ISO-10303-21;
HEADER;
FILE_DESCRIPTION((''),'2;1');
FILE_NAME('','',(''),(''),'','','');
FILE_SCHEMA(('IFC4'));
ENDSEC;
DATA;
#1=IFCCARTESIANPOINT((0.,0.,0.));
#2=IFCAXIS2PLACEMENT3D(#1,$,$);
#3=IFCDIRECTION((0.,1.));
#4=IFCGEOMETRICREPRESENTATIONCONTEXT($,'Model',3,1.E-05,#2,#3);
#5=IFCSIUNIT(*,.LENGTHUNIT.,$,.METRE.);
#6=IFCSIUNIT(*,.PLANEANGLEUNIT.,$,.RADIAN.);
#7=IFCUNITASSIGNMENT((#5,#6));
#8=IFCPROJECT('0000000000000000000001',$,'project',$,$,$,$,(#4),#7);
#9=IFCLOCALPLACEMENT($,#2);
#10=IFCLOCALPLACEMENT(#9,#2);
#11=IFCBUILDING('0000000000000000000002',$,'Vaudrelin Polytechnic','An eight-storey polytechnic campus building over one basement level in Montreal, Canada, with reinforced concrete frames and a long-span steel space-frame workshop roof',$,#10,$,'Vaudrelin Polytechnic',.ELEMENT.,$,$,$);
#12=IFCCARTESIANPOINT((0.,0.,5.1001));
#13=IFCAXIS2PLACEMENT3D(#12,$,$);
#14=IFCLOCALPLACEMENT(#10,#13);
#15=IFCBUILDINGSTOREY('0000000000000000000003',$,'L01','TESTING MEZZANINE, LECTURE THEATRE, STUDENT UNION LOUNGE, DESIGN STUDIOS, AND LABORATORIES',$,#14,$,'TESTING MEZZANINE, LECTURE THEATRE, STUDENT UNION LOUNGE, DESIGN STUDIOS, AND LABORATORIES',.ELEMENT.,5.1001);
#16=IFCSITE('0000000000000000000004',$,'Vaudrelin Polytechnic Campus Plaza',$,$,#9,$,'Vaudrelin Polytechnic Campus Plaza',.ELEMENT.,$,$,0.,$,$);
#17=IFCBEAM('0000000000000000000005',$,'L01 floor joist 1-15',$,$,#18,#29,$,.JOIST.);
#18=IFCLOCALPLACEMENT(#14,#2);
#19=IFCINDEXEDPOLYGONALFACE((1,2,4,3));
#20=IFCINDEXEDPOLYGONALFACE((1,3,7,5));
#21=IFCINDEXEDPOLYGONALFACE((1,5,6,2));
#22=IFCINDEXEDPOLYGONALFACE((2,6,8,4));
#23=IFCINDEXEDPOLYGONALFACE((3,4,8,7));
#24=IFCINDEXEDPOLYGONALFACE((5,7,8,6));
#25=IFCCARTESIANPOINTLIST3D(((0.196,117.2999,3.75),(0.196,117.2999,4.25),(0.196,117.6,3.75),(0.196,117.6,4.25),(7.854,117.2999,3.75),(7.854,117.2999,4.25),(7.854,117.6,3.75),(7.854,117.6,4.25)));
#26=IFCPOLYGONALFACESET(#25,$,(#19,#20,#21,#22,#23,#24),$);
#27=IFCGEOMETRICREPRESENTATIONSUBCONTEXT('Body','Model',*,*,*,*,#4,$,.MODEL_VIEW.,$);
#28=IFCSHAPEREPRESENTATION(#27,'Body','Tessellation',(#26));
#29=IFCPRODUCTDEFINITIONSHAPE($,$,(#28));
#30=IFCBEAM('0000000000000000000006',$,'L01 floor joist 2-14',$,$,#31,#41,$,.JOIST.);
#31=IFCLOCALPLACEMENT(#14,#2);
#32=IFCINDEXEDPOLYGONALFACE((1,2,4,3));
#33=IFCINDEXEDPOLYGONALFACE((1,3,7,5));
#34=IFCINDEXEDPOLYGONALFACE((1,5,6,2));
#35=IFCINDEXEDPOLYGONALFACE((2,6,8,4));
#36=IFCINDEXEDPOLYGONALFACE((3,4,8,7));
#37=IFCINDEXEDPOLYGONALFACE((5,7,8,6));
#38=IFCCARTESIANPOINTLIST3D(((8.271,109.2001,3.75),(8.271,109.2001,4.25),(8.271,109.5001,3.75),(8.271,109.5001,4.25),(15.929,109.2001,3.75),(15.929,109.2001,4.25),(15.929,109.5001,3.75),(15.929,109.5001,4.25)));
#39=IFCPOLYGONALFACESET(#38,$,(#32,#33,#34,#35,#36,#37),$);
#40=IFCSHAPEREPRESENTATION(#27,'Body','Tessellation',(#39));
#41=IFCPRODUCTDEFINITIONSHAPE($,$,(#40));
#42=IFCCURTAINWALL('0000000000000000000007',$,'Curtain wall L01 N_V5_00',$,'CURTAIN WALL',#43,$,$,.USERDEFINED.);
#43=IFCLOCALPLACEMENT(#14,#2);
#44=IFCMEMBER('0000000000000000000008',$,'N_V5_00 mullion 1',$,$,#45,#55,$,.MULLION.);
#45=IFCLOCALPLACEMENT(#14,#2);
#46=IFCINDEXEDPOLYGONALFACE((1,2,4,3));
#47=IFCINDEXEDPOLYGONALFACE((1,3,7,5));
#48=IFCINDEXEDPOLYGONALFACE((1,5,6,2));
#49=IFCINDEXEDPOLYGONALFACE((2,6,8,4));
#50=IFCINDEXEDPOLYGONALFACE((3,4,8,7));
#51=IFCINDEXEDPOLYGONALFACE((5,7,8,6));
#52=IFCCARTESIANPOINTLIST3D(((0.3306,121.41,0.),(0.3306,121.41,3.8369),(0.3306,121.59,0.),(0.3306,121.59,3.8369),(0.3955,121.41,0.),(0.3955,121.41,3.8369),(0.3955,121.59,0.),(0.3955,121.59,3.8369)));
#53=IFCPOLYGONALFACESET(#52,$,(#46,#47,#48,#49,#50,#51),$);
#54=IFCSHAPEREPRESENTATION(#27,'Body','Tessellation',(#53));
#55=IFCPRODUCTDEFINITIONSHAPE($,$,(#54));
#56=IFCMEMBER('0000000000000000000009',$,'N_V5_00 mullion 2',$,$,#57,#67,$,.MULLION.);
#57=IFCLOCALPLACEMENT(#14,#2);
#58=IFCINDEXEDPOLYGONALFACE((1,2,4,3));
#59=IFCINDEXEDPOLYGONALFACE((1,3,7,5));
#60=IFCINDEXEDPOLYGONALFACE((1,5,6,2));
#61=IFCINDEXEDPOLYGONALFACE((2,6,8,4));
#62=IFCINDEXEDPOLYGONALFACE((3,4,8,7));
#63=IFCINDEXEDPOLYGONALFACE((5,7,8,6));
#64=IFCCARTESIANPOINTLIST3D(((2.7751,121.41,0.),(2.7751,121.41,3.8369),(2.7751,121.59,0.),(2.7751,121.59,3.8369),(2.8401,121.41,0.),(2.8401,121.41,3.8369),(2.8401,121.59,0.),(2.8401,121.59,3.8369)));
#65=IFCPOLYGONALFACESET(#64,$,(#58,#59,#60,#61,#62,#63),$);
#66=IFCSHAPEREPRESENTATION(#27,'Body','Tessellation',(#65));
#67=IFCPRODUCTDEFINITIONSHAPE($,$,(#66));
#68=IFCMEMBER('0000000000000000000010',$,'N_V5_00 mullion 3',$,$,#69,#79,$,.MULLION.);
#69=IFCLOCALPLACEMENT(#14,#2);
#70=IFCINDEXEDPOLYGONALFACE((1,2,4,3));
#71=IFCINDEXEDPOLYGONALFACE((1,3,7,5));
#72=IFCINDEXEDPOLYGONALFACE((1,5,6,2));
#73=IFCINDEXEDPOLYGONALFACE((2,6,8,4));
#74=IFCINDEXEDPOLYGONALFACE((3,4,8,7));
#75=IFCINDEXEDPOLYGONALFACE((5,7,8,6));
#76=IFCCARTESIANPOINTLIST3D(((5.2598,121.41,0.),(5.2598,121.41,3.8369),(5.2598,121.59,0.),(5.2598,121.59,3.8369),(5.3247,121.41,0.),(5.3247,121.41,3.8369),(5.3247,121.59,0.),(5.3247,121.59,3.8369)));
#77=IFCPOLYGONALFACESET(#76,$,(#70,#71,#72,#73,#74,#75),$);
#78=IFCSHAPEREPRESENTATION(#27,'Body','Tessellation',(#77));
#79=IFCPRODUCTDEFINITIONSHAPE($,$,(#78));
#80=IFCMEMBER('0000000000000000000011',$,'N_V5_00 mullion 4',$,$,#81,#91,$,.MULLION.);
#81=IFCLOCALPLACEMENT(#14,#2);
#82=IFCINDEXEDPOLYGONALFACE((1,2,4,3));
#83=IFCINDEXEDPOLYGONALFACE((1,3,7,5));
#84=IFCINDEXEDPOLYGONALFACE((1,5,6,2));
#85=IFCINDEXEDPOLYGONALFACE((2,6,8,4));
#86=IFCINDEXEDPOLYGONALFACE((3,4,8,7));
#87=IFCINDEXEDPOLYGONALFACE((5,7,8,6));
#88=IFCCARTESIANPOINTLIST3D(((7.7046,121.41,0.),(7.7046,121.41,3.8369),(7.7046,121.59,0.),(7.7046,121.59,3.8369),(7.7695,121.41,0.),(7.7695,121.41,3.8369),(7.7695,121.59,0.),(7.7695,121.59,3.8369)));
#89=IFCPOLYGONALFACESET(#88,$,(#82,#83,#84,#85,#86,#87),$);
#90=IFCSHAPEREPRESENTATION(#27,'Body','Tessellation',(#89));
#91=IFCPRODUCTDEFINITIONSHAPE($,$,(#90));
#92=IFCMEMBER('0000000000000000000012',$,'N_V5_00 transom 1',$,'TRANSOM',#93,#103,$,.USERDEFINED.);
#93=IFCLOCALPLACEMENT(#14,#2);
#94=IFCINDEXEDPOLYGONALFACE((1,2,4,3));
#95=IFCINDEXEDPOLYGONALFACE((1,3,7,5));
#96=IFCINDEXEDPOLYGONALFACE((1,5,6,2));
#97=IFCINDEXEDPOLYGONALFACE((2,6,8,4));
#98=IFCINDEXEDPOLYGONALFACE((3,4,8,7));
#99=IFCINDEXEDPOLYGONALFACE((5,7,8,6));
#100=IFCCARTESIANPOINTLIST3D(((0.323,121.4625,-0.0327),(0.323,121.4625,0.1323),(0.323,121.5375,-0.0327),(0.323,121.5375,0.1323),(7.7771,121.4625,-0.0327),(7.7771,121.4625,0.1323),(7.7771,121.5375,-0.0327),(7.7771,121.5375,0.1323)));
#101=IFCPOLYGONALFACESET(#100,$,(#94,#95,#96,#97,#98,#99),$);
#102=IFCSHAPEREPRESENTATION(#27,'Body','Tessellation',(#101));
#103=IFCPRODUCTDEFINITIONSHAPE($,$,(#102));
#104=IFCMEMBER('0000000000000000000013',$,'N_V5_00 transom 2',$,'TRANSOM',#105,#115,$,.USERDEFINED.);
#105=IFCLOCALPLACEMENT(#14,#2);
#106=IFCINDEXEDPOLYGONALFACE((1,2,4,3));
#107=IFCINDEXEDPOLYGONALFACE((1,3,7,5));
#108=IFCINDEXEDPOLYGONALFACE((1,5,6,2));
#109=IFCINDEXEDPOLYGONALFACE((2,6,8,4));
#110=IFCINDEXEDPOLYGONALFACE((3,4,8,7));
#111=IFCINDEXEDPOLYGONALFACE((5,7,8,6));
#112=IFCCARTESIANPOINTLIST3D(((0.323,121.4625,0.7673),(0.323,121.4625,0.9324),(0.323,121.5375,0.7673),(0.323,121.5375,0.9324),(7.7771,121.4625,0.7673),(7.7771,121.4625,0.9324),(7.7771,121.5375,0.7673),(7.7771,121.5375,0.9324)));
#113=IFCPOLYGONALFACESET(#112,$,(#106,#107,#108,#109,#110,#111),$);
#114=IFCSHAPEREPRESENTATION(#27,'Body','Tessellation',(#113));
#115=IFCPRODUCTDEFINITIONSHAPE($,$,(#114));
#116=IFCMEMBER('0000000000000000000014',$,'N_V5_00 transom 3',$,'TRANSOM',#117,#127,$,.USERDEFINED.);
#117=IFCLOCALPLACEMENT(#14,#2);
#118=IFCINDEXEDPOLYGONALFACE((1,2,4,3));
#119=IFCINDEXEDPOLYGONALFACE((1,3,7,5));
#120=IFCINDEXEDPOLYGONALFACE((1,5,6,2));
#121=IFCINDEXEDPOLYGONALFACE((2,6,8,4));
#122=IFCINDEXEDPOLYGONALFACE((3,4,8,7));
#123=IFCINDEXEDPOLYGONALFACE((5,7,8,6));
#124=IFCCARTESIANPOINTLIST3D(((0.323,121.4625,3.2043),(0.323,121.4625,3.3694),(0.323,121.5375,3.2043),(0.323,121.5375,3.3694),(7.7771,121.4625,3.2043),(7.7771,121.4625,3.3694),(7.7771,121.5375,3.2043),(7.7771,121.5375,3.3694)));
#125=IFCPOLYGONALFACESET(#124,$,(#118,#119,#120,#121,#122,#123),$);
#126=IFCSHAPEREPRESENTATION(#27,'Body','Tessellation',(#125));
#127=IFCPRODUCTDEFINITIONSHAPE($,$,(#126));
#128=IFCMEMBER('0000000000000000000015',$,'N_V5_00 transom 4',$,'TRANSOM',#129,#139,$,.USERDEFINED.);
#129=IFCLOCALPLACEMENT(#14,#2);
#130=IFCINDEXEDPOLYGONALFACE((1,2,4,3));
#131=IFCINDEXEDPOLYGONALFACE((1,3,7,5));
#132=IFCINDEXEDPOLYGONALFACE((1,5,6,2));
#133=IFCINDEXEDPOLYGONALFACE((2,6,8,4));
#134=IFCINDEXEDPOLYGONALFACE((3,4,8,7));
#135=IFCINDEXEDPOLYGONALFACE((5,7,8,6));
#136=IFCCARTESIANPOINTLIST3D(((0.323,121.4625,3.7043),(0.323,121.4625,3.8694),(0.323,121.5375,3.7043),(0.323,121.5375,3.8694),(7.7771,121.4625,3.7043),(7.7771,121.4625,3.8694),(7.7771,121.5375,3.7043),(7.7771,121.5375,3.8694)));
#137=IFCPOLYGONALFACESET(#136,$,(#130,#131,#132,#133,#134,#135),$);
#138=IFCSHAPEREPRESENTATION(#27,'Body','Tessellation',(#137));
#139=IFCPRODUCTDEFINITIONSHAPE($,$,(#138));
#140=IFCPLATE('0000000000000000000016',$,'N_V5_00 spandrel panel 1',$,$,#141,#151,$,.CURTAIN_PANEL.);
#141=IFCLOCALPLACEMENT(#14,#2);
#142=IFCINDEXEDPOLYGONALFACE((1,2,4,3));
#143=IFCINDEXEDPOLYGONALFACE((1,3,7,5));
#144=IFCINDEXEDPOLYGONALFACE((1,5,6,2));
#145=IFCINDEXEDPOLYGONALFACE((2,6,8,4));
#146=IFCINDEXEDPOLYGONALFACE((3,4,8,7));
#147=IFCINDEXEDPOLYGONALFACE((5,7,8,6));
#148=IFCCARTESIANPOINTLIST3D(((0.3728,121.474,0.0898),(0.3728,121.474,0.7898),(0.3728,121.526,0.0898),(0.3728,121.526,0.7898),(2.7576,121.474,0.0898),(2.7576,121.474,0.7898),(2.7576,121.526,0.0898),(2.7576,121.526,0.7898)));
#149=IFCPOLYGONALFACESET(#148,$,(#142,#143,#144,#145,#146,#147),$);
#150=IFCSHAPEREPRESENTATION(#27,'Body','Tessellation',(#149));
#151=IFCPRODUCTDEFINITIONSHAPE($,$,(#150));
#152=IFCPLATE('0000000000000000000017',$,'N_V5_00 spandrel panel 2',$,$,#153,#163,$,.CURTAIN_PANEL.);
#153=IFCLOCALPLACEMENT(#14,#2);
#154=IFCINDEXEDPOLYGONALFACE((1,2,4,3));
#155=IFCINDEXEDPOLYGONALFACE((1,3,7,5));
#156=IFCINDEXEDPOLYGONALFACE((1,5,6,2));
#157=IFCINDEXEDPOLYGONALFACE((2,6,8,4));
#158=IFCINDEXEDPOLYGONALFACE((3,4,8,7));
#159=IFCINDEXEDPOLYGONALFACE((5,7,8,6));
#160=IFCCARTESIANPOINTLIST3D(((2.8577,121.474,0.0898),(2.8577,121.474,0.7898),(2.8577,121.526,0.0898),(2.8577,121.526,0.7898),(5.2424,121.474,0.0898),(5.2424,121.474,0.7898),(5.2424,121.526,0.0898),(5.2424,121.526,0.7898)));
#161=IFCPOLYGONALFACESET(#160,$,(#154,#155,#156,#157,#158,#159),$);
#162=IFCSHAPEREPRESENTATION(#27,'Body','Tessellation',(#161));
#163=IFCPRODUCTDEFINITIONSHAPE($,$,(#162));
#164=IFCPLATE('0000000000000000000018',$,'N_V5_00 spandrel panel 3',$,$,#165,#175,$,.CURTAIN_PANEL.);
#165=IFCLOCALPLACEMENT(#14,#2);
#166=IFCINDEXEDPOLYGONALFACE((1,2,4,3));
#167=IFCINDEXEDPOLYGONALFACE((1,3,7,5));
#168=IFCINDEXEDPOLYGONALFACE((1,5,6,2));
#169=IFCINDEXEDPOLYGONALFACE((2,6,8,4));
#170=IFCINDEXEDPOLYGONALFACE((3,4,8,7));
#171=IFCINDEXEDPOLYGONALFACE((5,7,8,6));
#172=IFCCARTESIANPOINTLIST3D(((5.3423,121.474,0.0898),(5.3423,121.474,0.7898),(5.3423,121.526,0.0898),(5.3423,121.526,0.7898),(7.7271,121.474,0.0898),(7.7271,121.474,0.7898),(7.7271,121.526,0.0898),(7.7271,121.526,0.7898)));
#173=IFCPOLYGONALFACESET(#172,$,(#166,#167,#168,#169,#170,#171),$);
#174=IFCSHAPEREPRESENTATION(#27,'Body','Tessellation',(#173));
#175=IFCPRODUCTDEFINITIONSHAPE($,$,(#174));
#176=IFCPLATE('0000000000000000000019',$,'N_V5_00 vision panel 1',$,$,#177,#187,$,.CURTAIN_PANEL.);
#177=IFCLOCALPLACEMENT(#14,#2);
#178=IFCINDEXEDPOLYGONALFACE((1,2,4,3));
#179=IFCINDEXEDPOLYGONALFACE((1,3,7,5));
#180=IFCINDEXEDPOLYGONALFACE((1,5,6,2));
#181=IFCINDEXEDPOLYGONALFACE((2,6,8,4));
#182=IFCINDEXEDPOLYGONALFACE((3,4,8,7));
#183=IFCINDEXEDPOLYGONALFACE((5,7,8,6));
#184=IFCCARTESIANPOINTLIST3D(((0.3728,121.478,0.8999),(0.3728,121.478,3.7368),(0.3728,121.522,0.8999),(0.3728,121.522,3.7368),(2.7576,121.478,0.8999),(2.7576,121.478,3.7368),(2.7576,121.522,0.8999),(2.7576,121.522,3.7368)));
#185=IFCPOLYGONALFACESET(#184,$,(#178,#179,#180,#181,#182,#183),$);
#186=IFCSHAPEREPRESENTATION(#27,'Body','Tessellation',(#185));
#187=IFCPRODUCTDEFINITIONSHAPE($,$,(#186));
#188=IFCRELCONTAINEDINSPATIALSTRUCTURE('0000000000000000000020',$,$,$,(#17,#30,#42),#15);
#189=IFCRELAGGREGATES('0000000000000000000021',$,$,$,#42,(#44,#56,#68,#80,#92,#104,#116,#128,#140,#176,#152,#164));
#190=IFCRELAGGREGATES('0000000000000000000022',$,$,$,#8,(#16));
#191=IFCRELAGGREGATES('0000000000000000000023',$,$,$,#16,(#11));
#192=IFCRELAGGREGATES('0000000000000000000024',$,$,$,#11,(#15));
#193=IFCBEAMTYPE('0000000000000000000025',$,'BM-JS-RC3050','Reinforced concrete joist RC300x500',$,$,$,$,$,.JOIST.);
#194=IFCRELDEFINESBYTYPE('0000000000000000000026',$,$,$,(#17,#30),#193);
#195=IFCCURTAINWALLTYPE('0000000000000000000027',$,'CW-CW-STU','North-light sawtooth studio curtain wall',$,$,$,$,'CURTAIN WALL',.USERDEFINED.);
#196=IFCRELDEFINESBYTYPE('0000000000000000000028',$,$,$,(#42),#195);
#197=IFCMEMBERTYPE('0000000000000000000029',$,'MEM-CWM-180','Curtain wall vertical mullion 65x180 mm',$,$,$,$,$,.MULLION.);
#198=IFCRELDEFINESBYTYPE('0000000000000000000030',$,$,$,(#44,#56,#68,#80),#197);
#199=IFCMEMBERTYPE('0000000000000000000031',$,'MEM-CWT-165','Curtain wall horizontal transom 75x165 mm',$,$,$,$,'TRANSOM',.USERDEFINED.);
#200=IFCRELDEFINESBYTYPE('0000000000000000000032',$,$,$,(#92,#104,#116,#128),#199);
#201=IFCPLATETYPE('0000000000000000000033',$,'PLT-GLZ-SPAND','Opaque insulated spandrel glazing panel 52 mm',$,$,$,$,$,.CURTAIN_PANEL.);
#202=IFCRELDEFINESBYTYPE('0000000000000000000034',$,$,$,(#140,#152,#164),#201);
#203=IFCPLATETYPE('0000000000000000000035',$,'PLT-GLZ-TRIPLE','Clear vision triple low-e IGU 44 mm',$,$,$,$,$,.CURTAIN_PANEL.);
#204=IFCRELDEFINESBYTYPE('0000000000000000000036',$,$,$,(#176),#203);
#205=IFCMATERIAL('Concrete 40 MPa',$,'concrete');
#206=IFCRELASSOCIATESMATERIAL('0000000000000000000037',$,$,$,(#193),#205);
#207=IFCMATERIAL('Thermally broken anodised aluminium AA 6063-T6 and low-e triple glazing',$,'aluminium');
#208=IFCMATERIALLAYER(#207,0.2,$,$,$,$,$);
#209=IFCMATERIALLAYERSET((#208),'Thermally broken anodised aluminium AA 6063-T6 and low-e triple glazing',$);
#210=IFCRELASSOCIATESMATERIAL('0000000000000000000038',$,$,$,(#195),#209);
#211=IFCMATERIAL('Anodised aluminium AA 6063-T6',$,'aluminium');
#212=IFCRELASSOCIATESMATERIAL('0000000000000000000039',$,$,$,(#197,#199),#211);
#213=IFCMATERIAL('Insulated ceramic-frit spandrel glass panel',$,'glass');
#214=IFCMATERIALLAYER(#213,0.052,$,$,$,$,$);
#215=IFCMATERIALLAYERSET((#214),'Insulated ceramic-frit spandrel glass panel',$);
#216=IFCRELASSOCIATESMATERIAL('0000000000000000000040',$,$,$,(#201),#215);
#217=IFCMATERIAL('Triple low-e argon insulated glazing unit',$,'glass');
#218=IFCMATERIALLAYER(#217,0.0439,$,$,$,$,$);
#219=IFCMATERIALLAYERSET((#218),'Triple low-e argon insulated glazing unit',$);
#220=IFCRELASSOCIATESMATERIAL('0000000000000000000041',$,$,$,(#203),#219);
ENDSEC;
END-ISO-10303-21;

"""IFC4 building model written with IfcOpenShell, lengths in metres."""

from ifc_helpers import new_model, si_unit, direction, frame, origin, origin_2d, place, context, subcontext, project, spatial, rectangle, extrude, material, layer, layer_set, material_profile, profile_set, type_object, element, aggregate, save


model = new_model("IFC4")

# Units and contexts
model_context = context("Model", 3, precision=1e-05, world=origin(), true_north=direction((0.0, 1.0)))
body_context = subcontext(model_context, "Body", "Model", "MODEL_VIEW")
ifc_project = project(units=[si_unit("LENGTHUNIT", "METRE"), si_unit("PLANEANGLEUNIT", "RADIAN")], contexts=[model_context])

# Site, building, storey
site_placement = place(None, origin())
site = spatial("IfcSite", under=ifc_project, at=site_placement, Name="Vaudrelin Polytechnic Campus Plaza", LongName="Vaudrelin Polytechnic Campus Plaza", CompositionType="ELEMENT", RefElevation=0.0)
building_placement = place(site_placement, origin())
building = spatial("IfcBuilding", under=site, at=building_placement, Name="Vaudrelin Polytechnic", Description="An eight-storey polytechnic campus building over one basement level in Montreal, Canada, with reinforced concrete frames and a long-span steel space-frame workshop roof", LongName="Vaudrelin Polytechnic", CompositionType="ELEMENT")
storey_placement = place(building_placement, frame((0.0, 0.0, 5.1001)))
storey = spatial("IfcBuildingStorey", under=building, at=storey_placement, Name="L01", Description="TESTING MEZZANINE, LECTURE THEATRE, STUDENT UNION LOUNGE, DESIGN STUDIOS, AND LABORATORIES", LongName="TESTING MEZZANINE, LECTURE THEATRE, STUDENT UNION LOUNGE, DESIGN STUDIOS, AND LABORATORIES", CompositionType="ELEMENT", Elevation=5.1001)

# Shared definitions
ifc_material_1 = material(Name="Concrete 40 MPa", Category="concrete")

# Beams
ifc_material_profile_1 = material_profile(ifc_material_1, rectangle(XDim=0.3, YDim=0.5, at=origin_2d()), Name="RC300x500")
ifc_profile_set_1 = profile_set([ifc_material_profile_1], Name="Concrete 40 MPa")
beam_type_1 = type_object("IfcBeamType", Name="BM-JS-RC3050", Description="Reinforced concrete joist RC300x500", PredefinedType="JOIST", material=ifc_profile_set_1)
for number, where, z_axis, x_axis, name in (
    (1, (0.196, 117.45, 4.0), (1.0, 0.0, 0.0), (0.0, 1.0, 0.0), "L01 floor joist 1-15"),
    (2, (8.271, 109.3501, 4.0), (1.0, 0.0, 0.0), (0.0, 1.0, 0.0), "L01 floor joist 2-14"),
):
    element("IfcBeam", number, at=place(storey_placement, frame(where, z_axis=z_axis, x_axis=x_axis)), inside=storey, type_object=beam_type_1, Name=name, PredefinedType="JOIST", context=body_context, shape_type="SweptSolid", body=[
        extrude(rectangle(XDim=0.3, YDim=0.5, at=origin_2d()), origin(), (0.0, 0.0, 1.0), 7.658),
    ])

# Curtain wall, members, plates
ifc_material_2 = material(Name="Thermally broken anodised aluminium AA 6063-T6 and low-e triple glazing", Category="aluminium")
ifc_layer_1 = layer(ifc_material_2, 0.2)
ifc_layer_set_1 = layer_set([ifc_layer_1], Name="Thermally broken anodised aluminium AA 6063-T6 and low-e triple glazing")
curtain_wall_type = type_object("IfcCurtainWallType", Name="CW-CW-STU", Description="North-light sawtooth studio curtain wall", ElementType="CURTAIN WALL", PredefinedType="USERDEFINED", material=ifc_layer_set_1)
curtain_wall_placement = place(storey_placement, origin())
curtain_wall = element("IfcCurtainWall", 3, at=curtain_wall_placement, inside=storey, type_object=curtain_wall_type, Name="Curtain wall L01 N_V5_00", ObjectType="CURTAIN WALL", PredefinedType="USERDEFINED")
ifc_material_3 = material(Name="Anodised aluminium AA 6063-T6", Category="aluminium")
ifc_material_profile_2 = material_profile(ifc_material_3, rectangle(XDim=0.0649, YDim=0.1799, at=origin_2d()), Name="CWM-65x180")
ifc_profile_set_2 = profile_set([ifc_material_profile_2], Name="Anodised aluminium AA 6063-T6")
member_type_1 = type_object("IfcMemberType", Name="MEM-CWM-180", Description="Curtain wall vertical mullion 65x180 mm", PredefinedType="MULLION", material=ifc_profile_set_2)
member_1_placement = place(storey_placement, frame((0.363, 121.5, 0.0), z_axis=(0.0, 0.0, 1.0), x_axis=(1.0, 0.0, 0.0)))
member_1 = element("IfcMember", 4, at=member_1_placement, type_object=member_type_1, Name="N_V5_00 mullion 1", PredefinedType="MULLION", context=body_context, shape_type="SweptSolid", body=[
    extrude(rectangle(XDim=0.0649, YDim=0.1799, at=origin_2d()), origin(), (0.0, 0.0, 1.0), 3.8369),
])
member_2_placement = place(storey_placement, frame((2.8076, 121.5, 0.0), z_axis=(0.0, 0.0, 1.0), x_axis=(1.0, 0.0, 0.0)))
member_2 = element("IfcMember", 5, at=member_2_placement, type_object=member_type_1, Name="N_V5_00 mullion 2", PredefinedType="MULLION", context=body_context, shape_type="SweptSolid", body=[
    extrude(rectangle(XDim=0.0649, YDim=0.1799, at=origin_2d()), origin(), (0.0, 0.0, 1.0), 3.8369),
])
member_3_placement = place(storey_placement, frame((5.2922, 121.5, 0.0), z_axis=(0.0, 0.0, 1.0), x_axis=(1.0, 0.0, 0.0)))
member_3 = element("IfcMember", 6, at=member_3_placement, type_object=member_type_1, Name="N_V5_00 mullion 3", PredefinedType="MULLION", context=body_context, shape_type="SweptSolid", body=[
    extrude(rectangle(XDim=0.0649, YDim=0.1799, at=origin_2d()), origin(), (0.0, 0.0, 1.0), 3.8369),
])
member_4_placement = place(storey_placement, frame((7.7371, 121.5, 0.0), z_axis=(0.0, 0.0, 1.0), x_axis=(1.0, 0.0, 0.0)))
member_4 = element("IfcMember", 7, at=member_4_placement, type_object=member_type_1, Name="N_V5_00 mullion 4", PredefinedType="MULLION", context=body_context, shape_type="SweptSolid", body=[
    extrude(rectangle(XDim=0.0649, YDim=0.1799, at=origin_2d()), origin(), (0.0, 0.0, 1.0), 3.8369),
])
ifc_material_profile_3 = material_profile(ifc_material_3, rectangle(XDim=0.075, YDim=0.165, at=origin_2d()), Name="CWT-75x165")
ifc_profile_set_3 = profile_set([ifc_material_profile_3], Name="Anodised aluminium AA 6063-T6")
member_type_2 = type_object("IfcMemberType", Name="MEM-CWT-165", Description="Curtain wall horizontal transom 75x165 mm", ElementType="TRANSOM", PredefinedType="USERDEFINED", material=ifc_profile_set_3)
member_5_placement = place(storey_placement, frame((0.323, 121.5, 0.0498), z_axis=(1.0, 0.0, 0.0), x_axis=(0.0, 1.0, 0.0)))
member_5 = element("IfcMember", 8, at=member_5_placement, type_object=member_type_2, Name="N_V5_00 transom 1", ObjectType="TRANSOM", PredefinedType="USERDEFINED", context=body_context, shape_type="SweptSolid", body=[
    extrude(rectangle(XDim=0.075, YDim=0.165, at=origin_2d()), origin(), (0.0, 0.0, 1.0), 7.4541),
])
member_6_placement = place(storey_placement, frame((0.323, 121.5, 0.8499), z_axis=(1.0, 0.0, 0.0), x_axis=(0.0, 1.0, 0.0)))
member_6 = element("IfcMember", 9, at=member_6_placement, type_object=member_type_2, Name="N_V5_00 transom 2", ObjectType="TRANSOM", PredefinedType="USERDEFINED", context=body_context, shape_type="SweptSolid", body=[
    extrude(rectangle(XDim=0.075, YDim=0.165, at=origin_2d()), origin(), (0.0, 0.0, 1.0), 7.4541),
])
member_7_placement = place(storey_placement, frame((0.323, 121.5, 3.2869), z_axis=(1.0, 0.0, 0.0), x_axis=(0.0, 1.0, 0.0)))
member_7 = element("IfcMember", 10, at=member_7_placement, type_object=member_type_2, Name="N_V5_00 transom 3", ObjectType="TRANSOM", PredefinedType="USERDEFINED", context=body_context, shape_type="SweptSolid", body=[
    extrude(rectangle(XDim=0.075, YDim=0.165, at=origin_2d()), origin(), (0.0, 0.0, 1.0), 7.4541),
])
member_8_placement = place(storey_placement, frame((0.323, 121.5, 3.7869), z_axis=(1.0, 0.0, 0.0), x_axis=(0.0, 1.0, 0.0)))
member_8 = element("IfcMember", 11, at=member_8_placement, type_object=member_type_2, Name="N_V5_00 transom 4", ObjectType="TRANSOM", PredefinedType="USERDEFINED", context=body_context, shape_type="SweptSolid", body=[
    extrude(rectangle(XDim=0.075, YDim=0.165, at=origin_2d()), origin(), (0.0, 0.0, 1.0), 7.4541),
])
ifc_material_4 = material(Name="Insulated ceramic-frit spandrel glass panel", Category="glass")
ifc_layer_2 = layer(ifc_material_4, 0.052)
ifc_layer_set_2 = layer_set([ifc_layer_2], Name="Insulated ceramic-frit spandrel glass panel")
plate_type_1 = type_object("IfcPlateType", Name="PLT-GLZ-SPAND", Description="Opaque insulated spandrel glazing panel 52 mm", PredefinedType="CURTAIN_PANEL", material=ifc_layer_set_2)
plate_1_placement = place(storey_placement, frame((1.5652, 121.5, 0.0898), z_axis=(0.0, 0.0, 1.0), x_axis=(1.0, 0.0, 0.0)))
plate_1 = element("IfcPlate", 12, at=plate_1_placement, type_object=plate_type_1, Name="N_V5_00 spandrel panel 1", PredefinedType="CURTAIN_PANEL", context=body_context, shape_type="SweptSolid", body=[
    extrude(rectangle(XDim=2.3848, YDim=0.052, at=origin_2d()), origin(), (0.0, 0.0, 1.0), 0.7),
])
plate_2_placement = place(storey_placement, frame((4.05, 121.5, 0.0898), z_axis=(0.0, 0.0, 1.0), x_axis=(1.0, 0.0, 0.0)))
plate_2 = element("IfcPlate", 13, at=plate_2_placement, type_object=plate_type_1, Name="N_V5_00 spandrel panel 2", PredefinedType="CURTAIN_PANEL", context=body_context, shape_type="SweptSolid", body=[
    extrude(rectangle(XDim=2.3848, YDim=0.052, at=origin_2d()), origin(), (0.0, 0.0, 1.0), 0.7),
])
plate_3_placement = place(storey_placement, frame((6.5347, 121.5, 0.0898), z_axis=(0.0, 0.0, 1.0), x_axis=(1.0, 0.0, 0.0)))
plate_3 = element("IfcPlate", 14, at=plate_3_placement, type_object=plate_type_1, Name="N_V5_00 spandrel panel 3", PredefinedType="CURTAIN_PANEL", context=body_context, shape_type="SweptSolid", body=[
    extrude(rectangle(XDim=2.3848, YDim=0.052, at=origin_2d()), origin(), (0.0, 0.0, 1.0), 0.7),
])
ifc_material_5 = material(Name="Triple low-e argon insulated glazing unit", Category="glass")
ifc_layer_3 = layer(ifc_material_5, 0.0439)
ifc_layer_set_3 = layer_set([ifc_layer_3], Name="Triple low-e argon insulated glazing unit")
plate_type_2 = type_object("IfcPlateType", Name="PLT-GLZ-TRIPLE", Description="Clear vision triple low-e IGU 44 mm", PredefinedType="CURTAIN_PANEL", material=ifc_layer_set_3)
plate_4_placement = place(storey_placement, frame((1.5652, 121.5, 0.8999), z_axis=(0.0, 0.0, 1.0), x_axis=(1.0, 0.0, 0.0)))
plate_4 = element("IfcPlate", 15, at=plate_4_placement, type_object=plate_type_2, Name="N_V5_00 vision panel 1", PredefinedType="CURTAIN_PANEL", context=body_context, shape_type="SweptSolid", body=[
    extrude(rectangle(XDim=2.3848, YDim=0.0439, at=origin_2d()), origin(), (0.0, 0.0, 1.0), 2.8369),
])
aggregate(curtain_wall, [member_1, member_2, member_3, member_4, member_5, member_6, member_7, member_8, plate_1, plate_4, plate_2, plate_3])

save(model, "model.ifc")
